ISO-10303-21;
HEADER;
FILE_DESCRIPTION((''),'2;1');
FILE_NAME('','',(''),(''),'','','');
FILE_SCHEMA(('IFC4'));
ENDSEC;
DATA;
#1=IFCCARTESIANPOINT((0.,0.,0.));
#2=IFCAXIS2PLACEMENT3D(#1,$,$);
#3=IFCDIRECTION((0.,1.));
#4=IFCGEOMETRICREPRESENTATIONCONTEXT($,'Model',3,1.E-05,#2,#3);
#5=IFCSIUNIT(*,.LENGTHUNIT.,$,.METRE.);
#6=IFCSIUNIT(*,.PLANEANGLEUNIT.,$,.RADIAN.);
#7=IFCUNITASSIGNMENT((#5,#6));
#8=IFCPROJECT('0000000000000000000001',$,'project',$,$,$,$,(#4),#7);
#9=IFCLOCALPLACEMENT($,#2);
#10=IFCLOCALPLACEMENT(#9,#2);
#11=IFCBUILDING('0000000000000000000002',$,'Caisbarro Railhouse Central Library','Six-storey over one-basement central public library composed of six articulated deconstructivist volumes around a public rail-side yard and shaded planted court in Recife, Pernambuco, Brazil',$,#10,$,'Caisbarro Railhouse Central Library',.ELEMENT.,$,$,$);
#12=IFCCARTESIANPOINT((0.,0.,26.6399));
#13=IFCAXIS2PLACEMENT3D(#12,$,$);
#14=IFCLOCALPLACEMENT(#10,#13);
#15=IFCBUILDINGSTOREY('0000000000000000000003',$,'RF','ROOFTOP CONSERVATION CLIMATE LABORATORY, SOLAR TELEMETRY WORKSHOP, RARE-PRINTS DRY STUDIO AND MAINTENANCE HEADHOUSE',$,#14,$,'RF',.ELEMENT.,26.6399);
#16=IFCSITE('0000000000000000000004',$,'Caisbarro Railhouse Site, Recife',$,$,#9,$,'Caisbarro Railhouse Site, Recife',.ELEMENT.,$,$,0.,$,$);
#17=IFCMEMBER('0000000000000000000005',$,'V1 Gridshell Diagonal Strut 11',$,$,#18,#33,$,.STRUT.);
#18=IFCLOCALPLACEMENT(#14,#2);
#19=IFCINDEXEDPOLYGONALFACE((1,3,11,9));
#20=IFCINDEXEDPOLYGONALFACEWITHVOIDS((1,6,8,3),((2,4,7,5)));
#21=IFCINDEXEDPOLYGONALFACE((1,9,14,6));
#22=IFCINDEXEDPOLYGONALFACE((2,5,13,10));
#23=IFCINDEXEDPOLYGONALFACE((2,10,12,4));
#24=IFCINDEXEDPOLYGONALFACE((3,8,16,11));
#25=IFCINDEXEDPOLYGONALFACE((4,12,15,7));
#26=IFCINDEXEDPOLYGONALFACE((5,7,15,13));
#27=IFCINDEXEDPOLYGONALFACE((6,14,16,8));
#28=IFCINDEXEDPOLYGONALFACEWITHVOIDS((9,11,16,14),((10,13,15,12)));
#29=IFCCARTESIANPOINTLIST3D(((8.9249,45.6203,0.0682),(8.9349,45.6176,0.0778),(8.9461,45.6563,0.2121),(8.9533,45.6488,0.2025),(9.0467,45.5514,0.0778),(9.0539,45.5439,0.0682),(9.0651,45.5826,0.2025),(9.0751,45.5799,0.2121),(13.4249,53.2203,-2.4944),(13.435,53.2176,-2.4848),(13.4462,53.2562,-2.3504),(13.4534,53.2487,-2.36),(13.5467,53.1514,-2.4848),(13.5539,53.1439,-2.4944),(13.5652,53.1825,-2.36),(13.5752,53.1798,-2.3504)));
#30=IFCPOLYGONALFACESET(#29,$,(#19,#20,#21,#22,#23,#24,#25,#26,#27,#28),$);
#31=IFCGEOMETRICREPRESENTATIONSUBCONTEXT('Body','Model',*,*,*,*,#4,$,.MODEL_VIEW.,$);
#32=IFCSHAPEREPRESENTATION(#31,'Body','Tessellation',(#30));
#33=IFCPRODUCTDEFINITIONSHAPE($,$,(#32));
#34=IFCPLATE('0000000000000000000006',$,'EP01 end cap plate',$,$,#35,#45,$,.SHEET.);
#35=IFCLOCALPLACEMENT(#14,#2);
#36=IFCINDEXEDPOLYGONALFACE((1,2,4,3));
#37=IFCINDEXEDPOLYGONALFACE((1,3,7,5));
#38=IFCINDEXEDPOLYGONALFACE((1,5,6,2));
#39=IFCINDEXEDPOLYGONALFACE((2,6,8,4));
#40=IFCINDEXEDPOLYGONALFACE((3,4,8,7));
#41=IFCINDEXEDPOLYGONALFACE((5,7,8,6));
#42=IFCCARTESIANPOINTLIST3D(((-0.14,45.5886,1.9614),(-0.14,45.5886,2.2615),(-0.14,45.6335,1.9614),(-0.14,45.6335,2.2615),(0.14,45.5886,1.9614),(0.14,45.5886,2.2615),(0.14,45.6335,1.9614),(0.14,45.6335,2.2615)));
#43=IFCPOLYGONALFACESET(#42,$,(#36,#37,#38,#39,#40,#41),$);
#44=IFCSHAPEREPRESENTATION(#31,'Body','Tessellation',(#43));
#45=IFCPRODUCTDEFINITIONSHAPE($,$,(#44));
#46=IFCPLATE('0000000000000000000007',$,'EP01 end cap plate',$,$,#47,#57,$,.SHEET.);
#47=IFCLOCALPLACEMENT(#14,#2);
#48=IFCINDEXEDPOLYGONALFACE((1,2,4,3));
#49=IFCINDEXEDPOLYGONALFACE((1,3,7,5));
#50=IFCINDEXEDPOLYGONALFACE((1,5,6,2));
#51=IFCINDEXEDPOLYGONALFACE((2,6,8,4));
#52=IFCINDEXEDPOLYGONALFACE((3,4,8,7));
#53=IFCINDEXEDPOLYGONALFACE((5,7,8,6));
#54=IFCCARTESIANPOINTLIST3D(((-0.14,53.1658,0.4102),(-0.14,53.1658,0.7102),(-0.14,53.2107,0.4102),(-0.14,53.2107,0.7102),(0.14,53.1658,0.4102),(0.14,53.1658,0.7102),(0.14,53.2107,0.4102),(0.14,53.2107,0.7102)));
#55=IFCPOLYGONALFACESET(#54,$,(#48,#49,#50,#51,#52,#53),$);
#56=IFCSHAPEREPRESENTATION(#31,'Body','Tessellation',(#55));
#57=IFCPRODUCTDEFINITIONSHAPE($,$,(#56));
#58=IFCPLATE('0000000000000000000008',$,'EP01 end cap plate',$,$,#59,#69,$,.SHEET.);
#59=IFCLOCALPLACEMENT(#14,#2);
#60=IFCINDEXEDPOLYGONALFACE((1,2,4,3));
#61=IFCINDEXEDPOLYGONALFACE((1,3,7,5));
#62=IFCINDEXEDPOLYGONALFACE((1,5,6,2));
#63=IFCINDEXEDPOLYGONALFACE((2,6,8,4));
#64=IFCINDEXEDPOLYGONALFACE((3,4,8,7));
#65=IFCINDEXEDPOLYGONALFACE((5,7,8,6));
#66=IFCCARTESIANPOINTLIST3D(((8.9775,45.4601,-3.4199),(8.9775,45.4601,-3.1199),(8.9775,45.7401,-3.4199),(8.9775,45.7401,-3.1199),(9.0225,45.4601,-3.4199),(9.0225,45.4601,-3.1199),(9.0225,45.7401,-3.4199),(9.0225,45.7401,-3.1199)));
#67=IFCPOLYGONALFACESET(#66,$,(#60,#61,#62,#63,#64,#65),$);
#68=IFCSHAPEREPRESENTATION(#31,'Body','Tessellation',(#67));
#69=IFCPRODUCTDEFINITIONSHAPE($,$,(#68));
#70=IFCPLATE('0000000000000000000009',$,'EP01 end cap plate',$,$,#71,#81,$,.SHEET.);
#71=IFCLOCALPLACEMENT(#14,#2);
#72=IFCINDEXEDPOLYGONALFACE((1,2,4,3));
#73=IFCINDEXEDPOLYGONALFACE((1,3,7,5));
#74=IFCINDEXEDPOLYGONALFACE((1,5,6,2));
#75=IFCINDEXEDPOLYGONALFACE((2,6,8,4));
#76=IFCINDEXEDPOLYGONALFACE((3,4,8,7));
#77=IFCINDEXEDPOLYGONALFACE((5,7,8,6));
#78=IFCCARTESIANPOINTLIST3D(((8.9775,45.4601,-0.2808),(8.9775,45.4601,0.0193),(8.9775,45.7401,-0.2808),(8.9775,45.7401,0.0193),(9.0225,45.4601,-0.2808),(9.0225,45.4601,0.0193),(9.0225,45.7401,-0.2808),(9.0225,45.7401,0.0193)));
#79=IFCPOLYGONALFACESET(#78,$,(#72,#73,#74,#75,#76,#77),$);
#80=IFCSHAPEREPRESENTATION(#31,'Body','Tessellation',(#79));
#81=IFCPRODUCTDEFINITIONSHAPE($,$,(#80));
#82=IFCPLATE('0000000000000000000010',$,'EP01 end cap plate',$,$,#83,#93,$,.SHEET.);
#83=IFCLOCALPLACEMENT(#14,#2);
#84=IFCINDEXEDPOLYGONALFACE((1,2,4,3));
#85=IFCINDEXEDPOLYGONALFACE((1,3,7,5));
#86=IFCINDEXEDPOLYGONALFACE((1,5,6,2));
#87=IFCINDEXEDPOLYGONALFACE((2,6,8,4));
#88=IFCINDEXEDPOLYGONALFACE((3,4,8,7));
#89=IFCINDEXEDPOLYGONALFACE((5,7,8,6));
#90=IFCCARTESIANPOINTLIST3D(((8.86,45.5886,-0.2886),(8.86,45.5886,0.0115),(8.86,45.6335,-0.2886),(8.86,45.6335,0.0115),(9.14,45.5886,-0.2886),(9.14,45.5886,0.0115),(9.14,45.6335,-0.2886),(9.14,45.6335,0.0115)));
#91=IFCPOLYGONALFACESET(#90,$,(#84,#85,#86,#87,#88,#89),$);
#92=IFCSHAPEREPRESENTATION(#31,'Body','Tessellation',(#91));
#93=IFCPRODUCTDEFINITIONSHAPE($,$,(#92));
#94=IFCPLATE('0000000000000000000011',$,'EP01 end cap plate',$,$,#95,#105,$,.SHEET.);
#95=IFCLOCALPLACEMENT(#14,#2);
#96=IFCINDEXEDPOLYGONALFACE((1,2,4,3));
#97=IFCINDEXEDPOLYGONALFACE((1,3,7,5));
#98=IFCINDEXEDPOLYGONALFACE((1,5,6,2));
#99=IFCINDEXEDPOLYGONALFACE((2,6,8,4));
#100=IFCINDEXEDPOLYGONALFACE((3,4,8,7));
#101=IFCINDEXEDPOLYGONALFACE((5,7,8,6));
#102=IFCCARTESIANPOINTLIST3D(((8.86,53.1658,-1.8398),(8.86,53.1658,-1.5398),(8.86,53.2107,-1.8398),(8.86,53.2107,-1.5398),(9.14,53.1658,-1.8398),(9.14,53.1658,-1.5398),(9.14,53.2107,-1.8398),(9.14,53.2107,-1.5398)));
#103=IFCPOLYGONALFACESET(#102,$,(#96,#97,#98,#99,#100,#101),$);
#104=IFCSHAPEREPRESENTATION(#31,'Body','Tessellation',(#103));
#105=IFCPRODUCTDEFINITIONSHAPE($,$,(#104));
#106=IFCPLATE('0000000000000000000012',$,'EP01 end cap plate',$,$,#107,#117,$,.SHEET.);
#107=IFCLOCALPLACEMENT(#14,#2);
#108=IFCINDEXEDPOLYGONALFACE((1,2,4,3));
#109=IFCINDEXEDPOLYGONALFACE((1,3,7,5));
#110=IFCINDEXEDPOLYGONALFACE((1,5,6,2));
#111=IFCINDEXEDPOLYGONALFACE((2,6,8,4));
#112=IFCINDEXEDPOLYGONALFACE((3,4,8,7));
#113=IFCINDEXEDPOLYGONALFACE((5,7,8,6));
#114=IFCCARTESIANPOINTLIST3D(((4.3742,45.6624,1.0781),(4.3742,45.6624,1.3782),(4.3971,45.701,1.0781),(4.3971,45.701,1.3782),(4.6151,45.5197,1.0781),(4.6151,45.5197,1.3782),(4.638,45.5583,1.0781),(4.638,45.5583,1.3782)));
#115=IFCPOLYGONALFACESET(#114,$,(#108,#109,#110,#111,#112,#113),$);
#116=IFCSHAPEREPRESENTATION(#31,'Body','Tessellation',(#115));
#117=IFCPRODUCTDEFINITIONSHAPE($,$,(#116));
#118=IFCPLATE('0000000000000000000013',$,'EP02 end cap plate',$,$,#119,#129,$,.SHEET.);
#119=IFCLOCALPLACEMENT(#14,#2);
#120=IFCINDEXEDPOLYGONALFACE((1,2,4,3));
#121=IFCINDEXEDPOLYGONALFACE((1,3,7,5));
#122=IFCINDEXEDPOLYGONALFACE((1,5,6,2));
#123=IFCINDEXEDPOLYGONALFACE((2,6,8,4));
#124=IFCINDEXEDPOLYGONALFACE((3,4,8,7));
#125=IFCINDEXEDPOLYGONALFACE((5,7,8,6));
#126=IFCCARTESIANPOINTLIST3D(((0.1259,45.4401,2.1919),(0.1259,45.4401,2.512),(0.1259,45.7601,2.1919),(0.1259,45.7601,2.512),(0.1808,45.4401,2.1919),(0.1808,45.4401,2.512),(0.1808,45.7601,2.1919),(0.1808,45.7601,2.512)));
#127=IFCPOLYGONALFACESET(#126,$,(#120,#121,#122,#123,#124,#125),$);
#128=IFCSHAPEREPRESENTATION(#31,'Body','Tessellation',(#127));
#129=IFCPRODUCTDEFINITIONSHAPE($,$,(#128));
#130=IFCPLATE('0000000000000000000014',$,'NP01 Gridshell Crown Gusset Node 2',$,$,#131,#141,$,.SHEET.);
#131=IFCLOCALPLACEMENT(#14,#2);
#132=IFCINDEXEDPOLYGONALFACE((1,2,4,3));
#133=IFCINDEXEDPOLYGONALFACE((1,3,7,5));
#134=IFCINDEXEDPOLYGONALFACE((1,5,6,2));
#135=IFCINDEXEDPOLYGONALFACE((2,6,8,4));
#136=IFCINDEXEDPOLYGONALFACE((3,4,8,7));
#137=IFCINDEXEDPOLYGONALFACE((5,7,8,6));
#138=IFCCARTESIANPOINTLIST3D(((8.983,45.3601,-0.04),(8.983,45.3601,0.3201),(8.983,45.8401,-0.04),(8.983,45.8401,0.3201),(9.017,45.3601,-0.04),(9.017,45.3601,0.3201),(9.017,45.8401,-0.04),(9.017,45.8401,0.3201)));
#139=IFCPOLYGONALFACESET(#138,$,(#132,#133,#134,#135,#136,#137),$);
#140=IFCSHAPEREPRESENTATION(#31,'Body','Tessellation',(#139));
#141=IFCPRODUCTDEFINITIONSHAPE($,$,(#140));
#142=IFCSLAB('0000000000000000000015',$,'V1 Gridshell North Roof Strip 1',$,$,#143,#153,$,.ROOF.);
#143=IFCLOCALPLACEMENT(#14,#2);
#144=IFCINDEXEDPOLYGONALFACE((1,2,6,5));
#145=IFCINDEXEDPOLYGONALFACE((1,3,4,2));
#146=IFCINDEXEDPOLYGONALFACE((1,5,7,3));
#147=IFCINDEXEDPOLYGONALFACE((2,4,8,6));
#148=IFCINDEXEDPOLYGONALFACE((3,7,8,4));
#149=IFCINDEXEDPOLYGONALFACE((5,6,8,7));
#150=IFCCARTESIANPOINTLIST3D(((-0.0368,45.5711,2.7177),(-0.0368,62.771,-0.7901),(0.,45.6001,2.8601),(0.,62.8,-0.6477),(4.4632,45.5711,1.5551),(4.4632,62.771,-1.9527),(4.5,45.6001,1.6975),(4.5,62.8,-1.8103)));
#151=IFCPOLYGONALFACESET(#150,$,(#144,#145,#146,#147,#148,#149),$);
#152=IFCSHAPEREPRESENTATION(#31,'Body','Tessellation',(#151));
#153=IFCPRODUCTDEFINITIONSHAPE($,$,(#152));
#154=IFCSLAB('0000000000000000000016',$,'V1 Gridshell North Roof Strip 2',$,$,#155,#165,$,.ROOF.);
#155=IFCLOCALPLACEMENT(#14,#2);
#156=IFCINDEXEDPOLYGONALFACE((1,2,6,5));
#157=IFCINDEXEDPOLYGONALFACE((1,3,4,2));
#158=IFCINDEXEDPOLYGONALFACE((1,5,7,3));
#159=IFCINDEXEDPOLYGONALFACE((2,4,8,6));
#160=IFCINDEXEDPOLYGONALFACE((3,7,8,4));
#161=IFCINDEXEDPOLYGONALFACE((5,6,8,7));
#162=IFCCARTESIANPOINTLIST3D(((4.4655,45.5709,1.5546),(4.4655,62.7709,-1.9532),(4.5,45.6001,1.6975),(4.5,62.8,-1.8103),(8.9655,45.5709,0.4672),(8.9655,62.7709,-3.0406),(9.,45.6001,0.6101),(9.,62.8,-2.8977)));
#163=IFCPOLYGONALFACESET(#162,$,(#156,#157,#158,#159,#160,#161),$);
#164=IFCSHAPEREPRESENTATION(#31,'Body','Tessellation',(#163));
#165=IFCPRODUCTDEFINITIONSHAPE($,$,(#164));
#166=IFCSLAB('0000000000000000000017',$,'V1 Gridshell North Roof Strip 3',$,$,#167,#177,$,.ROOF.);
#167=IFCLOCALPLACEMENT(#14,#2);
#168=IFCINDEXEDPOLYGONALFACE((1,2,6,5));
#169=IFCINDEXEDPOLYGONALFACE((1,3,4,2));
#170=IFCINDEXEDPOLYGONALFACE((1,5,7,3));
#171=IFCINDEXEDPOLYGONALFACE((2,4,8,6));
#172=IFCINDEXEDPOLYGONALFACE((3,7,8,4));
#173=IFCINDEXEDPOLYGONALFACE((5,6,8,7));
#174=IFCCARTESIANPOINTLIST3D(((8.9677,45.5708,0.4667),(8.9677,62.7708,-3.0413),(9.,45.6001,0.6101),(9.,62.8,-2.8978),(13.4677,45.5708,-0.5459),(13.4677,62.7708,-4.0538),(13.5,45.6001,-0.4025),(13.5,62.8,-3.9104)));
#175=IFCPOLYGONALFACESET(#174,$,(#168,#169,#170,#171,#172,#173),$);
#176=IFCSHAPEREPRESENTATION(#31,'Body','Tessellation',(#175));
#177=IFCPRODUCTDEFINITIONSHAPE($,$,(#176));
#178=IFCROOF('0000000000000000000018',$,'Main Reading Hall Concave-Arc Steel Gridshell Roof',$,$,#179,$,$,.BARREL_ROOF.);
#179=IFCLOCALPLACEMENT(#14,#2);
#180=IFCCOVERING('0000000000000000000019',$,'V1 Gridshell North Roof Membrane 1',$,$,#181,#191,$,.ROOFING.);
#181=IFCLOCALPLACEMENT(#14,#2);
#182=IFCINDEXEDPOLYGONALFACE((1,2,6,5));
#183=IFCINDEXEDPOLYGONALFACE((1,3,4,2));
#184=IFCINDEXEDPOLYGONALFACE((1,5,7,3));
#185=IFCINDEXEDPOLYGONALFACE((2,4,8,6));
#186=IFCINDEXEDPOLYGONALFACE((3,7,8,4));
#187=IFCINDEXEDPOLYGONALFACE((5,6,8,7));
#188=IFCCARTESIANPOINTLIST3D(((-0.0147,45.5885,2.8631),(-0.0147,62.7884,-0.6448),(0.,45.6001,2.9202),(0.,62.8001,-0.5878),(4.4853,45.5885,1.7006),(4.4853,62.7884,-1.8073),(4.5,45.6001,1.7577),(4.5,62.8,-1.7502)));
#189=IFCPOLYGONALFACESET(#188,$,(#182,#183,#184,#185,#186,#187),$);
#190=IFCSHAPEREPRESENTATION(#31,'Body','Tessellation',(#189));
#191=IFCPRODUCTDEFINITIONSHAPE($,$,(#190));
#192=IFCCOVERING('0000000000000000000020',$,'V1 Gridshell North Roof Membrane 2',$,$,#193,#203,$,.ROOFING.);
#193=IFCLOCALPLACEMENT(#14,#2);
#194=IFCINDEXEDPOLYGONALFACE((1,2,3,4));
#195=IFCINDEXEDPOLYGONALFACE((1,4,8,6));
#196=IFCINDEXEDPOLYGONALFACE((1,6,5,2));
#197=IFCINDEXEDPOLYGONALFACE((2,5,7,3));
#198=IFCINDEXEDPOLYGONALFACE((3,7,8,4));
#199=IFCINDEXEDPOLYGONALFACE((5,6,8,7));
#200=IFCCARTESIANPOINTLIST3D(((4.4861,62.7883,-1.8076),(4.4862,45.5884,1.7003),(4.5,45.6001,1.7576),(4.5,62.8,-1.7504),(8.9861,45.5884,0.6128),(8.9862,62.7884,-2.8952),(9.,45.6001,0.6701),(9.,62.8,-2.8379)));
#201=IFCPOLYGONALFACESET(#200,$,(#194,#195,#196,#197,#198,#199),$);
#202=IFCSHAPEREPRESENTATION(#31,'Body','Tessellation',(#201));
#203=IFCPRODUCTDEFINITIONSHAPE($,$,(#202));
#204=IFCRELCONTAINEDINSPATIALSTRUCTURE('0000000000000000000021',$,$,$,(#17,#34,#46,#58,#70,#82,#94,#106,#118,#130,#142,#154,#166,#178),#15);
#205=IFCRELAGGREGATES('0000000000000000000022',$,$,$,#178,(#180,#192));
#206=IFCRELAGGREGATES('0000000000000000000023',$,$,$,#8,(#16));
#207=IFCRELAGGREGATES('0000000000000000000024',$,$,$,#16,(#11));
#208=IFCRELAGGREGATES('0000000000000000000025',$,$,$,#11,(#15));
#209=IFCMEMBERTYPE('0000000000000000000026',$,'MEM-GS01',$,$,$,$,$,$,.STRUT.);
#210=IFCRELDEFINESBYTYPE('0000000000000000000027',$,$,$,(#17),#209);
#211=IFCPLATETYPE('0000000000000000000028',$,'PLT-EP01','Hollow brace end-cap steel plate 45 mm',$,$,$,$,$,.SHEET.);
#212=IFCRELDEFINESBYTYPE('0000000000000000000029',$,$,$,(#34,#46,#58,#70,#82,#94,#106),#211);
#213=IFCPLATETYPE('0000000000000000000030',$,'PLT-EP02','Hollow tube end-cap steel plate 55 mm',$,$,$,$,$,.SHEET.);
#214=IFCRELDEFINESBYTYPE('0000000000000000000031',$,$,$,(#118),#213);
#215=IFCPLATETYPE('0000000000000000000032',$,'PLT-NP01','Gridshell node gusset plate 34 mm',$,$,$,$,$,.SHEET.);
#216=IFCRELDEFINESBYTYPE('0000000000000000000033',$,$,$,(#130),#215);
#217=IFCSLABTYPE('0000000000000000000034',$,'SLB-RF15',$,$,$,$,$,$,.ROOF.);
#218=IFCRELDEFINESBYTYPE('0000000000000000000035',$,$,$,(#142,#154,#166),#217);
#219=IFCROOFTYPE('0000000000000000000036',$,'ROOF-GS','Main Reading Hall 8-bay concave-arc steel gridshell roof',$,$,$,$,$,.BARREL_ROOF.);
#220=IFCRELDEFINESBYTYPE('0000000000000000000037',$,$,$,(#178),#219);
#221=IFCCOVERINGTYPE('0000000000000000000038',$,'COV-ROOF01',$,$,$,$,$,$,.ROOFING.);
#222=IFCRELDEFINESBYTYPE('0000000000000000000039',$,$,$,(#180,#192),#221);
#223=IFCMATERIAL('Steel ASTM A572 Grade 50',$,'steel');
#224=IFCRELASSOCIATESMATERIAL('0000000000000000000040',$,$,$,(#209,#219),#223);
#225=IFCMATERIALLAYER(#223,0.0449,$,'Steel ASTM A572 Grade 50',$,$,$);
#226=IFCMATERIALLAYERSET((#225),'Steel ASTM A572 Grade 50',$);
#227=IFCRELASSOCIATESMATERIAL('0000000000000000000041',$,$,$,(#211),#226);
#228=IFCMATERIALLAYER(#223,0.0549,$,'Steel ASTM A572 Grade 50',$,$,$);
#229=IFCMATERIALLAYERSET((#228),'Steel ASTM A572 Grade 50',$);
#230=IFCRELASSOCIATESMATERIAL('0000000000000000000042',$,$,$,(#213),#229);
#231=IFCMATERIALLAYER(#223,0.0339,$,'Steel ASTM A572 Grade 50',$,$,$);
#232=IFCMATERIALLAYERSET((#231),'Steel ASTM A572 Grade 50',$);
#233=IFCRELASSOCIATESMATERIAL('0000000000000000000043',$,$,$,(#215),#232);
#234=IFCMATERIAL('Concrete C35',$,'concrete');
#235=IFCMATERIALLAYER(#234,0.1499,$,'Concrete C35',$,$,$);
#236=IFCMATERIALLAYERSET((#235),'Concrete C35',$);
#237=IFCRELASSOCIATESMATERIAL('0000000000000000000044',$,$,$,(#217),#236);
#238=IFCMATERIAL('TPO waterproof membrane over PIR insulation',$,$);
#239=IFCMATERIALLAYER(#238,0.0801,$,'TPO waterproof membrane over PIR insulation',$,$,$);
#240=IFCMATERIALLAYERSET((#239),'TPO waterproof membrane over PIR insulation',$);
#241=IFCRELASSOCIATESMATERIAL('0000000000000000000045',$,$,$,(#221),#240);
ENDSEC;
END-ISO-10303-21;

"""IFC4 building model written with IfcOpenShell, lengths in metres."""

from ifc_helpers import new_model, si_unit, direction, frame, origin, origin_2d, place, context, subcontext, project, spatial, polyline, rectangle, hollow_rectangle, outline, extrude, material, layer, layer_set, material_profile, profile_set, type_object, element, aggregate, save


model = new_model("IFC4")

# Units and contexts
model_context = context("Model", 3, precision=1e-05, world=origin(), true_north=direction((0.0, 1.0)))
body_context = subcontext(model_context, "Body", "Model", "MODEL_VIEW")
ifc_project = project(units=[si_unit("LENGTHUNIT", "METRE"), si_unit("PLANEANGLEUNIT", "RADIAN")], contexts=[model_context])

# Site, building, storey
site_placement = place(None, origin())
site = spatial("IfcSite", under=ifc_project, at=site_placement, Name="Caisbarro Railhouse Site, Recife", LongName="Caisbarro Railhouse Site, Recife", CompositionType="ELEMENT", RefElevation=0.0)
building_placement = place(site_placement, origin())
building = spatial("IfcBuilding", under=site, at=building_placement, Name="Caisbarro Railhouse Central Library", Description="Six-storey over one-basement central public library composed of six articulated deconstructivist volumes around a public rail-side yard and shaded planted court in Recife, Pernambuco, Brazil", LongName="Caisbarro Railhouse Central Library", CompositionType="ELEMENT")
storey_placement = place(building_placement, frame((0.0, 0.0, 26.6399)))
storey = spatial("IfcBuildingStorey", under=building, at=storey_placement, Name="RF", Description="ROOFTOP CONSERVATION CLIMATE LABORATORY, SOLAR TELEMETRY WORKSHOP, RARE-PRINTS DRY STUDIO AND MAINTENANCE HEADHOUSE", LongName="RF", CompositionType="ELEMENT", Elevation=26.6399)

# Shared definitions
ifc_material_1 = material(Name="Steel ASTM A572 Grade 50", Category="steel")

# Member
ifc_material_profile_1 = material_profile(ifc_material_1, hollow_rectangle(XDim=0.1499, YDim=0.1499, WallThickness=0.01, at=origin_2d()), Name="HSS150X150X10")
ifc_profile_set_1 = profile_set([ifc_material_profile_1], Name="Steel ASTM A572 Grade 50")
member_type = type_object("IfcMemberType", Name="MEM-GS01", PredefinedType="STRUT", material=ifc_profile_set_1)
member_1_placement = place(storey_placement, frame((9.0, 45.6001, 0.1401), z_axis=(0.489321, 0.826392, -0.278641), x_axis=(-0.860471, 0.509499, 0.0)))
element("IfcMember", 1, at=member_1_placement, inside=storey, type_object=member_type, Name="V1 Gridshell Diagonal Strut 11", PredefinedType="STRUT", context=body_context, shape_type="SweptSolid", body=[
    extrude(hollow_rectangle(XDim=0.1499, YDim=0.1499, WallThickness=0.01, at=origin_2d()), origin(), (0.0, 0.0, 1.0), 9.1965),
])

# Plates
ifc_layer_1 = layer(ifc_material_1, 0.0449, Name="Steel ASTM A572 Grade 50")
ifc_layer_set_1 = layer_set([ifc_layer_1], Name="Steel ASTM A572 Grade 50")
plate_type_1 = type_object("IfcPlateType", Name="PLT-EP01", Description="Hollow brace end-cap steel plate 45 mm", PredefinedType="SHEET", material=ifc_layer_set_1)
for number, where, z_axis, x_axis, name in (
    (2, (0.0, 45.6111, 1.9614), (0.0, 0.0, 1.0), (0.0, 1.0, 0.0), "EP01 end cap plate"),
    (3, (0.0, 53.1882, 0.4102), (0.0, 0.0, 1.0), (0.0, -1.0, 0.0), "EP01 end cap plate"),
    (4, (9.0, 45.6001, -3.4199), (0.0, 0.0, 1.0), (1.0, 0.0, 0.0), "EP01 end cap plate"),
    (5, (9.0, 45.6001, -0.2808), (0.0, 0.0, 1.0), (1.0, 0.0, 0.0), "EP01 end cap plate"),
    (6, (9.0, 45.6111, -0.2886), (0.0, 0.0, 1.0), (0.0, 1.0, 0.0), "EP01 end cap plate"),
    (7, (9.0, 53.1882, -1.8398), (0.0, 0.0, 1.0), (0.0, -1.0, 0.0), "EP01 end cap plate"),
    (8, (4.5061, 45.6104, 1.0781), (0.0, 0.0, 1.0), (0.509492, 0.860475, 0.0), "EP01 end cap plate"),
):
    element("IfcPlate", number, at=place(storey_placement, frame(where, z_axis=z_axis, x_axis=x_axis)), inside=storey, type_object=plate_type_1, Name=name, PredefinedType="SHEET", context=body_context, shape_type="SweptSolid", body=[
        extrude(rectangle(XDim=0.0449, YDim=0.28, at=origin_2d()), origin(), (0.0, 0.0, 1.0), 0.3),
    ])
ifc_layer_2 = layer(ifc_material_1, 0.0549, Name="Steel ASTM A572 Grade 50")
ifc_layer_set_2 = layer_set([ifc_layer_2], Name="Steel ASTM A572 Grade 50")
plate_type_2 = type_object("IfcPlateType", Name="PLT-EP02", Description="Hollow tube end-cap steel plate 55 mm", PredefinedType="SHEET", material=ifc_layer_set_2)
plate_1_placement = place(storey_placement, frame((0.1533, 45.6001, 2.1919), z_axis=(0.0, 0.0, 1.0), x_axis=(1.0, 0.0, 0.0)))
element("IfcPlate", 9, at=plate_1_placement, inside=storey, type_object=plate_type_2, Name="EP02 end cap plate", PredefinedType="SHEET", context=body_context, shape_type="SweptSolid", body=[
    extrude(rectangle(XDim=0.0549, YDim=0.3201, at=origin_2d()), origin(), (0.0, 0.0, 1.0), 0.3201),
])
ifc_layer_3 = layer(ifc_material_1, 0.0339, Name="Steel ASTM A572 Grade 50")
ifc_layer_set_3 = layer_set([ifc_layer_3], Name="Steel ASTM A572 Grade 50")
plate_type_3 = type_object("IfcPlateType", Name="PLT-NP01", Description="Gridshell node gusset plate 34 mm", PredefinedType="SHEET", material=ifc_layer_set_3)
plate_2_placement = place(storey_placement, frame((9.0, 45.6001, -0.04), z_axis=(0.0, 0.0, 1.0), x_axis=(0.0, 1.0, 0.0)))
element("IfcPlate", 10, at=plate_2_placement, inside=storey, type_object=plate_type_3, Name="NP01 Gridshell Crown Gusset Node 2", PredefinedType="SHEET", context=body_context, shape_type="SweptSolid", body=[
    extrude(rectangle(XDim=0.48, YDim=0.0339, at=origin_2d()), origin(), (0.0, 0.0, 1.0), 0.3601),
])

# Slabs
ifc_material_2 = material(Name="Concrete C35", Category="concrete")
ifc_layer_4 = layer(ifc_material_2, 0.1499, Name="Concrete C35")
ifc_layer_set_4 = layer_set([ifc_layer_4], Name="Concrete C35")
slab_type = type_object("IfcSlabType", Name="SLB-RF15", PredefinedType="ROOF", material=ifc_layer_set_4)
slab_1_placement = place(storey_placement, frame((0.0, 45.6001, 2.8601), z_axis=(0.245403, 0.193719, 0.949868), x_axis=(0.968209, 0.0, -0.250142)))
element("IfcSlab", 11, at=slab_1_placement, inside=storey, type_object=slab_type, Name="V1 Gridshell North Roof Strip 1", PredefinedType="ROOF", context=body_context, shape_type="SweptSolid", body=[
    extrude(outline(polyline([(0.0, 0.0), (4.6478, 0.0), (5.5252, 17.5321), (0.8775, 17.5321), (0.0, 0.0)])), origin(), (0.0, 0.0, -1.0), 0.1499),
])
slab_2_placement = place(storey_placement, frame((4.5, 45.6001, 1.6975), z_axis=(0.230401, 0.194453, 0.953469), x_axis=(0.972023, 0.0, -0.234885)))
element("IfcSlab", 12, at=slab_2_placement, inside=storey, type_object=slab_type, Name="V1 Gridshell North Roof Strip 2", PredefinedType="ROOF", context=body_context, shape_type="SweptSolid", body=[
    extrude(outline(polyline([(0.0, 0.0), (4.6295, 0.0), (5.4534, 17.5347), (0.8239, 17.5347), (0.0, 0.0)])), origin(), (0.0, 0.0, -1.0), 0.1499),
])
slab_3_placement = place(storey_placement, frame((9.0, 45.6001, 0.6101), z_axis=(0.215307, 0.19515, 0.956849), x_axis=(0.975607, -0.000005, -0.219526)))
element("IfcSlab", 13, at=slab_3_placement, inside=storey, type_object=slab_type, Name="V1 Gridshell North Roof Strip 3", PredefinedType="ROOF", context=body_context, shape_type="SweptSolid", body=[
    extrude(outline(polyline([(0.0, 0.0), (4.6125, 0.0), (5.3825, 17.5372), (0.77, 17.5371), (0.0, 0.0)])), origin(), (0.0, 0.0, -1.0), 0.1499),
])

# Roof, coverings
roof_type = type_object("IfcRoofType", Name="ROOF-GS", Description="Main Reading Hall 8-bay concave-arc steel gridshell roof", PredefinedType="BARREL_ROOF", material=ifc_material_1)
roof_placement = place(storey_placement, origin())
roof = element("IfcRoof", 14, at=roof_placement, inside=storey, type_object=roof_type, Name="Main Reading Hall Concave-Arc Steel Gridshell Roof", PredefinedType="BARREL_ROOF")
ifc_material_3 = material(Name="TPO waterproof membrane over PIR insulation")
ifc_layer_5 = layer(ifc_material_3, 0.0801, Name="TPO waterproof membrane over PIR insulation")
ifc_layer_set_5 = layer_set([ifc_layer_5], Name="TPO waterproof membrane over PIR insulation")
covering_type = type_object("IfcCoveringType", Name="COV-ROOF01", PredefinedType="ROOFING", material=ifc_layer_set_5)
covering_1_placement = place(storey_placement, frame((0.0, 45.6001, 2.9202), z_axis=(0.245379, 0.193727, 0.949873), x_axis=(0.968215, 0.000005, -0.250118)))
covering_1 = element("IfcCovering", 15, at=covering_1_placement, type_object=covering_type, Name="V1 Gridshell North Roof Membrane 1", PredefinedType="ROOFING", context=body_context, shape_type="SweptSolid", body=[
    extrude(outline(polyline([(0.0, 0.0), (4.6478, 0.0), (5.5252, 17.5321), (0.8775, 17.5321), (0.0, 0.0)])), origin(), (0.0, 0.0, -1.0), 0.0601),
])
covering_2_placement = place(storey_placement, frame((4.5, 45.6001, 1.7576), z_axis=(0.230425, 0.194459, 0.953462), x_axis=(0.972017, -0.000005, -0.234909)))
covering_2 = element("IfcCovering", 16, at=covering_2_placement, type_object=covering_type, Name="V1 Gridshell North Roof Membrane 2", PredefinedType="ROOFING", context=body_context, shape_type="SweptSolid", body=[
    extrude(outline(polyline([(0.0, 0.0), (4.6295, 0.0), (5.4535, 17.5347), (0.8239, 17.5347), (0.0, 0.0)])), origin(), (0.0, 0.0, -1.0), 0.0601),
])
aggregate(roof, [covering_1, covering_2])

save(model, "model.ifc")
